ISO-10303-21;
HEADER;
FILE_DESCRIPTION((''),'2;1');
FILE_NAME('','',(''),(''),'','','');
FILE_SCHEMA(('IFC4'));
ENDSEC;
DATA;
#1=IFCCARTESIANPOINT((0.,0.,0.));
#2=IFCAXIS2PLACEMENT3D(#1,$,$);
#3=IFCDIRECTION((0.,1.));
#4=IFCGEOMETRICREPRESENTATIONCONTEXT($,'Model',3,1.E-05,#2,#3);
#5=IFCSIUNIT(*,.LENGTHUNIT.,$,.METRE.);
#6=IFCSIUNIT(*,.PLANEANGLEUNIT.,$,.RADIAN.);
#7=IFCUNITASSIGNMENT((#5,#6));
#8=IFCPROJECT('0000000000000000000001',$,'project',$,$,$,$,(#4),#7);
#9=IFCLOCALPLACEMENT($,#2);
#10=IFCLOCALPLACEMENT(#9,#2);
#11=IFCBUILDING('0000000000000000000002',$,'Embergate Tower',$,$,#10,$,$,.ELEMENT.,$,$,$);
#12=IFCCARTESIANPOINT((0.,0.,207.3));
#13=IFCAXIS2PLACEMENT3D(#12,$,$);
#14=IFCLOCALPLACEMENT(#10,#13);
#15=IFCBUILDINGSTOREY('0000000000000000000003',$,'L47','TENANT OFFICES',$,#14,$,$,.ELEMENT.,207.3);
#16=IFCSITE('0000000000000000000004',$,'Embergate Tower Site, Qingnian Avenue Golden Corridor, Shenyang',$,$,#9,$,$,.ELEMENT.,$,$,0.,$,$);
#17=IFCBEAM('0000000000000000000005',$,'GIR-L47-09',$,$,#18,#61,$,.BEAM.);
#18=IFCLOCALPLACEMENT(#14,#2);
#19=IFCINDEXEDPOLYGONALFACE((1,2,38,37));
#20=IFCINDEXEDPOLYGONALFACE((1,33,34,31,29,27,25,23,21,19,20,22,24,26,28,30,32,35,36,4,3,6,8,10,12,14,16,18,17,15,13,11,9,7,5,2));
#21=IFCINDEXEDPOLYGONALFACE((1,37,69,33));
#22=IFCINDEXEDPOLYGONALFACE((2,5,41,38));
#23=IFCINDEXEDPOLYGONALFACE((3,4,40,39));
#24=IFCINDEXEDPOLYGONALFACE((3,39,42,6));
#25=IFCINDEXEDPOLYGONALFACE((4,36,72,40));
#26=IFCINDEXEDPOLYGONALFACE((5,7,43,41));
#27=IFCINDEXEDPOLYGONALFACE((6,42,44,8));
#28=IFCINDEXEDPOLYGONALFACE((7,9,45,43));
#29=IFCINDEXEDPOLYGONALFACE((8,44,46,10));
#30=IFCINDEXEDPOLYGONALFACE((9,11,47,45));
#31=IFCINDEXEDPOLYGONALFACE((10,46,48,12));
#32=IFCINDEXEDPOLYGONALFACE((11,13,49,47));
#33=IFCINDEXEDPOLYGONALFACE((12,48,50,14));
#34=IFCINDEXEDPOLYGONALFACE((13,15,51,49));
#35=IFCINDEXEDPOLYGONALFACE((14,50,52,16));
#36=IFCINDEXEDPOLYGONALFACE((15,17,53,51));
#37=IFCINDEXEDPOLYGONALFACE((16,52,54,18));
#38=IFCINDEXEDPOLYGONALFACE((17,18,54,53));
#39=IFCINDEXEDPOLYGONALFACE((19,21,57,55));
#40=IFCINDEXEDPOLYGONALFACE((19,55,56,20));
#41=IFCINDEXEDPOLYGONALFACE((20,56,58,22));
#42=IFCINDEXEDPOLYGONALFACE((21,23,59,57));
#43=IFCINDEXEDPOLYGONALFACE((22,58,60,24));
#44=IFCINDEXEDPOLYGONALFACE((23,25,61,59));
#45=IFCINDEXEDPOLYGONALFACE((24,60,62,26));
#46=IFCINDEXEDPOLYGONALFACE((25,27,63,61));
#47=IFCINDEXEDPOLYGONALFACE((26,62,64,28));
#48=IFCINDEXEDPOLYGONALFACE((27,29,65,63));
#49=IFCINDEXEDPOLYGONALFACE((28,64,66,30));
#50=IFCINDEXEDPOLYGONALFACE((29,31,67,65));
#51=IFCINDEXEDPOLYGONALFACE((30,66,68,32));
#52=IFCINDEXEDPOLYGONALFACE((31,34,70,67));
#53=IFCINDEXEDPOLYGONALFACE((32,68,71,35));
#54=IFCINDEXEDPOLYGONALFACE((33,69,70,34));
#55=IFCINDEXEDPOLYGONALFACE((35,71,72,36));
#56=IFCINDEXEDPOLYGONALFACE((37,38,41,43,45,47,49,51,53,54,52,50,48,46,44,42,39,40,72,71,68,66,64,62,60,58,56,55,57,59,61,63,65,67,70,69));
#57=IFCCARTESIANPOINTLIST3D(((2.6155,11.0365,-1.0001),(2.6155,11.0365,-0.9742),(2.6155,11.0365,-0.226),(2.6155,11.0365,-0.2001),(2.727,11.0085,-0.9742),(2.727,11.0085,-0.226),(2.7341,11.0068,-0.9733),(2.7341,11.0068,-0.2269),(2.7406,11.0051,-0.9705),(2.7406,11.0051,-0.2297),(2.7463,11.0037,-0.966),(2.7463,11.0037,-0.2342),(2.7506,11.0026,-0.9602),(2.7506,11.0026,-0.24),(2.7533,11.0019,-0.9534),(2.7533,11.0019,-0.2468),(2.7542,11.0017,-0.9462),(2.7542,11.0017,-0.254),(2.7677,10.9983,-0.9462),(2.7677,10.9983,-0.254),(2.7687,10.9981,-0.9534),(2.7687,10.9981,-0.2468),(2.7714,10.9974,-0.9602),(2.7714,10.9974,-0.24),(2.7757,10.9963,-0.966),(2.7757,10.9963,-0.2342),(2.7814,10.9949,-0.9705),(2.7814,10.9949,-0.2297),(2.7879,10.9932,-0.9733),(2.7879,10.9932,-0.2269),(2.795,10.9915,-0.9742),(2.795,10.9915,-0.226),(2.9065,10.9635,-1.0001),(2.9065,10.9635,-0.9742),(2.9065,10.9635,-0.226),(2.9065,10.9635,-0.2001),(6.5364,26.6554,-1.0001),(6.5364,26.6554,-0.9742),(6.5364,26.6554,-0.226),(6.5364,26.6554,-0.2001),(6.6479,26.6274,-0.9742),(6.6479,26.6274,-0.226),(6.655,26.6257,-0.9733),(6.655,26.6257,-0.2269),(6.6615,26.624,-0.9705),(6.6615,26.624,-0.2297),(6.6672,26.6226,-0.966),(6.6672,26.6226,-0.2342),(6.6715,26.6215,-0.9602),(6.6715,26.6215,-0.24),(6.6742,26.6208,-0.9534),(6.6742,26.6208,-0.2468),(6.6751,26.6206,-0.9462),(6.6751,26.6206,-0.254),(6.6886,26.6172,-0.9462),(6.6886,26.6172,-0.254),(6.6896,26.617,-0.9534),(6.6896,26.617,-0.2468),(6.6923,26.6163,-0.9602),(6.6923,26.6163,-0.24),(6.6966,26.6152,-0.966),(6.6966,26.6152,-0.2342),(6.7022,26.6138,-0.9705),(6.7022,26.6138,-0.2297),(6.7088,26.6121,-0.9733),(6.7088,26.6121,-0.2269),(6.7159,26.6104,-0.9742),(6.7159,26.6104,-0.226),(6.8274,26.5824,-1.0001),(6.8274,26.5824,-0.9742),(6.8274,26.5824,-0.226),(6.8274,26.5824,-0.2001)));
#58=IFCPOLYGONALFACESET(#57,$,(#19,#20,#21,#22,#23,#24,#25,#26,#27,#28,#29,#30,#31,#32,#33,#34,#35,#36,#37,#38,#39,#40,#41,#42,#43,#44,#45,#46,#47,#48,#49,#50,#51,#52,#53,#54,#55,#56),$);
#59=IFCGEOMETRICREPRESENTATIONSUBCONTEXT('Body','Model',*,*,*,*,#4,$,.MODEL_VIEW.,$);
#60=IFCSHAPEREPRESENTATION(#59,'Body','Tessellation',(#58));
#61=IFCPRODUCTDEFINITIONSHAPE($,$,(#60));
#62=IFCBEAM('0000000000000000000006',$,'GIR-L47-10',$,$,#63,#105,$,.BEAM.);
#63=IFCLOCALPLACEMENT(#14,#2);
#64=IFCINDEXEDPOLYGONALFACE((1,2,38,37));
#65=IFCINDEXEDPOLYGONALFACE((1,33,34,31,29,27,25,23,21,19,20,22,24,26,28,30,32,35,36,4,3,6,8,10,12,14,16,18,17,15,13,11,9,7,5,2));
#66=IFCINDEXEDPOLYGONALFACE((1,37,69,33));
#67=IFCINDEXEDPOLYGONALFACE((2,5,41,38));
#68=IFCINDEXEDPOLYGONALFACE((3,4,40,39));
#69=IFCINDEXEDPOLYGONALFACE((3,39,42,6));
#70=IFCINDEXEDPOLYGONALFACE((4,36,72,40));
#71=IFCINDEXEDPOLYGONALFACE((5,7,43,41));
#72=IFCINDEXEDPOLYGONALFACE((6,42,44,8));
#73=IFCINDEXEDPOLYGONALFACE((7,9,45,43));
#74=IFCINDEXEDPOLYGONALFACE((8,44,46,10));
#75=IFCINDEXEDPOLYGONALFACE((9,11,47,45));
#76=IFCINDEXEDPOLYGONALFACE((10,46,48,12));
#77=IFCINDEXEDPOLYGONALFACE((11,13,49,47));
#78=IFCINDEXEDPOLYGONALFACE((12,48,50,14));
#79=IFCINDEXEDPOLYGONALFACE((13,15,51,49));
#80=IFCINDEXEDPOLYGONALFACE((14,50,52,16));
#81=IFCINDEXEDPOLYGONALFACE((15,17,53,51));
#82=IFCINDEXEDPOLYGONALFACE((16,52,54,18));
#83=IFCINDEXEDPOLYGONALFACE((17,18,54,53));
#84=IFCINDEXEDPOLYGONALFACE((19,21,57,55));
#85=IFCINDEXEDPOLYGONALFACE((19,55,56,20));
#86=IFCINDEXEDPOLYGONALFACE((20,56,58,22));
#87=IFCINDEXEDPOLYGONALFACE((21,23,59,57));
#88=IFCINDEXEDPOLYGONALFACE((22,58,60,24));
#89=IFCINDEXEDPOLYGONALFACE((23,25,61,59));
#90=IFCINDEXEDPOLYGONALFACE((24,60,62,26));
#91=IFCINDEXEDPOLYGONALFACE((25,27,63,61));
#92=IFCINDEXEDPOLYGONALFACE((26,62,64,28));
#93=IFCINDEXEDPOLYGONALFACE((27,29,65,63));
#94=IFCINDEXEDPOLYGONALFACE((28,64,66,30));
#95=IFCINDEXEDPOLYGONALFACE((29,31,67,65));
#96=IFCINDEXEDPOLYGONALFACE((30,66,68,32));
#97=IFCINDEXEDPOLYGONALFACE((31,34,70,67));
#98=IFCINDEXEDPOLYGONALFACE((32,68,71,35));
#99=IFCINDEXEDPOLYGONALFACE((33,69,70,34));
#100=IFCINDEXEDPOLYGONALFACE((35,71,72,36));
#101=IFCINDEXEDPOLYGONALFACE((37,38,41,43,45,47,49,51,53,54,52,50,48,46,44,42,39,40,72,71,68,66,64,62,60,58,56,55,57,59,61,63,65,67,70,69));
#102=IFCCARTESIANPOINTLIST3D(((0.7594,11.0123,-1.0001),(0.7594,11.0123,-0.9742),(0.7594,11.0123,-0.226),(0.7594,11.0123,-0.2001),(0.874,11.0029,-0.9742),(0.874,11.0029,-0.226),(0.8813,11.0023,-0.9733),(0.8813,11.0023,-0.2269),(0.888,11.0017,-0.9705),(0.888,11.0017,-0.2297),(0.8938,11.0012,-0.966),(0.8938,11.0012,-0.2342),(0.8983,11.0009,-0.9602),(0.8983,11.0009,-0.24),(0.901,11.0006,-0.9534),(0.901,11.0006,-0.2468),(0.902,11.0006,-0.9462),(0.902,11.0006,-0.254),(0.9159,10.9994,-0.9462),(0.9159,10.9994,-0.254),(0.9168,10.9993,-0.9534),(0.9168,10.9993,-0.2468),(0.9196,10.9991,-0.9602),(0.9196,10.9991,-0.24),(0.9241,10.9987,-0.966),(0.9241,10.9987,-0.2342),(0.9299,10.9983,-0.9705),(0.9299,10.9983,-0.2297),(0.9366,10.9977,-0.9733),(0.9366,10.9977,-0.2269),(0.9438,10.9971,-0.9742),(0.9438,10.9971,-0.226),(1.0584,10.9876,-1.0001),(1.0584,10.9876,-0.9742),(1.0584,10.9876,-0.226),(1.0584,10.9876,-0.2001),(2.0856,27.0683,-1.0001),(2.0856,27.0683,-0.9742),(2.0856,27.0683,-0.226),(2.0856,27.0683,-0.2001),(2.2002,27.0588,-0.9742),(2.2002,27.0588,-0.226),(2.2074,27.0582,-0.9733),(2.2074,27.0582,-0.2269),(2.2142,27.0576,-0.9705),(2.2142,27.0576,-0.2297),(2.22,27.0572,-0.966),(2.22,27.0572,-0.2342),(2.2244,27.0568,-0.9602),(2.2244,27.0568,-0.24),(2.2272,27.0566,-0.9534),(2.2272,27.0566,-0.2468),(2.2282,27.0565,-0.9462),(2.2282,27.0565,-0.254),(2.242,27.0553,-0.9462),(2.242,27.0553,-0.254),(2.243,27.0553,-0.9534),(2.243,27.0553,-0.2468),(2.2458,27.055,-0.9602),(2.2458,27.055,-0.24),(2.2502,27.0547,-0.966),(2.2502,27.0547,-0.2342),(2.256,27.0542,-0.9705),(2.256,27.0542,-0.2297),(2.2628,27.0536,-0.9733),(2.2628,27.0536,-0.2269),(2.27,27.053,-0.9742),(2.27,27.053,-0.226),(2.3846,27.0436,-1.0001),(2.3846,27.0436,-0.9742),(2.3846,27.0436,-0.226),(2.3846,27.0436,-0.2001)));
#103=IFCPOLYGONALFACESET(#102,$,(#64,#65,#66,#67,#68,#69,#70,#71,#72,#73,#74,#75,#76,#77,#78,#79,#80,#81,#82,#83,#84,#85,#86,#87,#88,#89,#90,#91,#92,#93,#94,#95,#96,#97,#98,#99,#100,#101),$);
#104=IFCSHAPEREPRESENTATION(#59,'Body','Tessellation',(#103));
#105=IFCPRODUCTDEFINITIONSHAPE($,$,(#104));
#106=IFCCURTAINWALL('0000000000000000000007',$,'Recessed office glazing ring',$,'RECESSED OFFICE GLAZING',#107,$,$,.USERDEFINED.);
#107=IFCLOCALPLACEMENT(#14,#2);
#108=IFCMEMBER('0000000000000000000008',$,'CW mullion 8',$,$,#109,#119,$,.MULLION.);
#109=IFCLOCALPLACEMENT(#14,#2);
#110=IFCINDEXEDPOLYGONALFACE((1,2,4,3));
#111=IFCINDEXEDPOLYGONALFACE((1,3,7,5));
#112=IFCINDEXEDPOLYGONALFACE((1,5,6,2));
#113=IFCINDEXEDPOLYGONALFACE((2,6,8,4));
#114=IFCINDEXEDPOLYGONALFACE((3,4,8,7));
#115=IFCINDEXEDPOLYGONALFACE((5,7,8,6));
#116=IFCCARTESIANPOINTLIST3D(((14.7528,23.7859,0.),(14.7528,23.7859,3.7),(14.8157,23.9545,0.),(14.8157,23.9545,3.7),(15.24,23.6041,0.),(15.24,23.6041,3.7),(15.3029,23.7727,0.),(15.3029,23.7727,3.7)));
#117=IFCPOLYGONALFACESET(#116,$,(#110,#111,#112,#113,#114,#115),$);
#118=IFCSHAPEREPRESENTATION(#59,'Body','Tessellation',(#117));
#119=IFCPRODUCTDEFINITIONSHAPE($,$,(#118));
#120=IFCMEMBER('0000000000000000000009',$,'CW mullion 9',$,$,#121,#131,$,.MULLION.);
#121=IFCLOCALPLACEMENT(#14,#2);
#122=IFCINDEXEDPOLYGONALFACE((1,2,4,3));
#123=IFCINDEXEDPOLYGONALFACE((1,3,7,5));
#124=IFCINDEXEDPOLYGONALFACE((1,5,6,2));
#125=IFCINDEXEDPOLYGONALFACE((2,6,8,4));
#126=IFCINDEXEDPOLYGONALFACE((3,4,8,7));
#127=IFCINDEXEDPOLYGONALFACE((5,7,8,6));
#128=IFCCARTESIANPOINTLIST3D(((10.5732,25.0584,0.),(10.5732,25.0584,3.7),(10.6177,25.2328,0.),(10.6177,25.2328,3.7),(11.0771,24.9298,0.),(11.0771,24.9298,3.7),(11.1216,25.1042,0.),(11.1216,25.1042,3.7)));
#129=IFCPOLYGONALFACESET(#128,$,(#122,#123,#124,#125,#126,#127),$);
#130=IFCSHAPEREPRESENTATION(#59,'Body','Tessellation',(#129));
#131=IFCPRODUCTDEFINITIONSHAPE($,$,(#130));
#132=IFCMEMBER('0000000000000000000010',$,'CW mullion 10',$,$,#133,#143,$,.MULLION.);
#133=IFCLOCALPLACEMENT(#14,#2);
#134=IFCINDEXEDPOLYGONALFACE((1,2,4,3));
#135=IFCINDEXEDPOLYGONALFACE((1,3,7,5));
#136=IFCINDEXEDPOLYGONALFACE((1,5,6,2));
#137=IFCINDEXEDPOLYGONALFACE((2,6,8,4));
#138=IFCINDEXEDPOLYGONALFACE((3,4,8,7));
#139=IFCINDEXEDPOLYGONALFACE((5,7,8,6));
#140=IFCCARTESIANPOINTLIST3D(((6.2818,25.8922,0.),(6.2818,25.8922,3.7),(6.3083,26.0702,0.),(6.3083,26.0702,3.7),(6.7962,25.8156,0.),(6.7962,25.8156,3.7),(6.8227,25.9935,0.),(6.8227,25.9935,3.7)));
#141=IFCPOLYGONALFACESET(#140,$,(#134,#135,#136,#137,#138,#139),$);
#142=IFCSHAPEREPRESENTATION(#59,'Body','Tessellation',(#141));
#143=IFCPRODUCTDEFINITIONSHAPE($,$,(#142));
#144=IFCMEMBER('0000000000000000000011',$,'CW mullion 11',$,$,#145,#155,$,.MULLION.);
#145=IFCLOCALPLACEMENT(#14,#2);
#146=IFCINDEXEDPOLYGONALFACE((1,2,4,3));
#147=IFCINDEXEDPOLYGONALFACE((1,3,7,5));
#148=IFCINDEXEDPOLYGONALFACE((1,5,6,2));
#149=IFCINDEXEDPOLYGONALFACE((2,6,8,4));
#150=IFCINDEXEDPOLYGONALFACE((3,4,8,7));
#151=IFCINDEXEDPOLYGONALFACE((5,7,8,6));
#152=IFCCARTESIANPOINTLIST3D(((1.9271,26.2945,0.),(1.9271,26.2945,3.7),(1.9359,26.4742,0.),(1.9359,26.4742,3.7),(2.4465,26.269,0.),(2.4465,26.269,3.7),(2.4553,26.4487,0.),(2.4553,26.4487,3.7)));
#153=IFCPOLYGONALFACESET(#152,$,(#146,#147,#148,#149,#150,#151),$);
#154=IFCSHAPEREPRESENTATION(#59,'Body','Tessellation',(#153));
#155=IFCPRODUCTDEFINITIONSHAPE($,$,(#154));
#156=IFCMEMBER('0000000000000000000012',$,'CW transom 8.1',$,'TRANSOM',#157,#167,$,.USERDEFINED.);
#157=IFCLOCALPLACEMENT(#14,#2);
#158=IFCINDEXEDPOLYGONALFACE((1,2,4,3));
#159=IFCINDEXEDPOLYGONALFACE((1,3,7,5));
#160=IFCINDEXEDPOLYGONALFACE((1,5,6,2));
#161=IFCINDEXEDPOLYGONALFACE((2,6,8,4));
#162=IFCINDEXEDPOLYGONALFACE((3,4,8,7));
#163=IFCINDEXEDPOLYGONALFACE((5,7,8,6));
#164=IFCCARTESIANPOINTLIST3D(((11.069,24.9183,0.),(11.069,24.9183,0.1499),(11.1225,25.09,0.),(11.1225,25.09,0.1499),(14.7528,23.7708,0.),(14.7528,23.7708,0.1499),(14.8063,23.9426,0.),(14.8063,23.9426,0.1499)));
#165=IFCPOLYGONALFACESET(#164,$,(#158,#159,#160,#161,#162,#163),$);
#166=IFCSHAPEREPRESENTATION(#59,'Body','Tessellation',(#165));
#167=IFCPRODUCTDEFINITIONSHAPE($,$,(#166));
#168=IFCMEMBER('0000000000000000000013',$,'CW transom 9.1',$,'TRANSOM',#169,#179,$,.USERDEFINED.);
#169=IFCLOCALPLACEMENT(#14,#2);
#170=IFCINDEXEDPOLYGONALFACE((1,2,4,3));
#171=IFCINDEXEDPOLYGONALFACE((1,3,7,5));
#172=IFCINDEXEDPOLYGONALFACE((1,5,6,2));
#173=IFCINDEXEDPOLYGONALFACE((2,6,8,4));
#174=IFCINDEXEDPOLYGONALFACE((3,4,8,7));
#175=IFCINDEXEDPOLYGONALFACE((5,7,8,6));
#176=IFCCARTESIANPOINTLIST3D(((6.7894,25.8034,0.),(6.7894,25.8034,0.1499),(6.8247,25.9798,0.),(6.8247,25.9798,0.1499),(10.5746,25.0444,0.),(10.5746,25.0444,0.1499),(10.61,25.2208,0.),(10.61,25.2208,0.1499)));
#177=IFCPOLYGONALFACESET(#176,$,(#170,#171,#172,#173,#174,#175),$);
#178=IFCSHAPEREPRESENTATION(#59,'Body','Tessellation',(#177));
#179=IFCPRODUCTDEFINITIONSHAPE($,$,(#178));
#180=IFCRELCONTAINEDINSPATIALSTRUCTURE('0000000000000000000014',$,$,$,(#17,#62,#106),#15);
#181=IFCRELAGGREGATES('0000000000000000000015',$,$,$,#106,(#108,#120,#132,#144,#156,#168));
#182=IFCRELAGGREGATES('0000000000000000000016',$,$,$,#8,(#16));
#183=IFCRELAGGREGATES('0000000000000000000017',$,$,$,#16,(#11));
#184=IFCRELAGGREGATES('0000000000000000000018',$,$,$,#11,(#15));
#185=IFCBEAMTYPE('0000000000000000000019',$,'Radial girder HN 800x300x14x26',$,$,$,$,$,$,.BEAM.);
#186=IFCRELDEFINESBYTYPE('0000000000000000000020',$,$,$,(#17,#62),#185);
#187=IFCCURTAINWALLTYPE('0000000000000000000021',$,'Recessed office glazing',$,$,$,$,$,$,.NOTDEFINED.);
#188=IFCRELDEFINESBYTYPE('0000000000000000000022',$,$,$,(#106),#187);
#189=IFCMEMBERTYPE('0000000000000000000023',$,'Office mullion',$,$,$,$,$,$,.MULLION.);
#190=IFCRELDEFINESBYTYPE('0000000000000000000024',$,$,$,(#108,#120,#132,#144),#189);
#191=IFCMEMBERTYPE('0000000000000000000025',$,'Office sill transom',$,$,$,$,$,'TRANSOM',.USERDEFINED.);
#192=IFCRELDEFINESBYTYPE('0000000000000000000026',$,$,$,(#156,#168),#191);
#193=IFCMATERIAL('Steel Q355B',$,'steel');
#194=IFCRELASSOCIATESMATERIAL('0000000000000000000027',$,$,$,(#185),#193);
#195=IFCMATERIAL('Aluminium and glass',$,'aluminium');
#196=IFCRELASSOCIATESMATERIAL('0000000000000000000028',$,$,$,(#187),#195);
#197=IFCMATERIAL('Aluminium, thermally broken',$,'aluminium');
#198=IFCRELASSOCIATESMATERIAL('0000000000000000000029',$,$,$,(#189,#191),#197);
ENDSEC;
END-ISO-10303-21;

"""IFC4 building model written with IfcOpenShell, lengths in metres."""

from ifc_helpers import new_model, si_unit, direction, frame, origin, origin_2d, place, context, subcontext, project, spatial, rectangle, i_section, extrude, source, transform, mapped, material, material_profile, profile_set, type_object, element, aggregate, save


model = new_model("IFC4")

# Units and contexts
model_context = context("Model", 3, precision=1e-05, world=origin(), true_north=direction((0.0, 1.0)))
body_context = subcontext(model_context, "Body", "Model", "MODEL_VIEW")
ifc_project = project(units=[si_unit("LENGTHUNIT", "METRE"), si_unit("PLANEANGLEUNIT", "RADIAN")], contexts=[model_context])

# Site, building, storey
site_placement = place(None, origin())
site = spatial("IfcSite", under=ifc_project, at=site_placement, Name="Embergate Tower Site, Qingnian Avenue Golden Corridor, Shenyang", CompositionType="ELEMENT", RefElevation=0.0)
building_placement = place(site_placement, origin())
building = spatial("IfcBuilding", under=site, at=building_placement, Name="Embergate Tower", CompositionType="ELEMENT")
storey_placement = place(building_placement, frame((0.0, 0.0, 207.3)))
storey = spatial("IfcBuildingStorey", under=building, at=storey_placement, Name="L47", Description="TENANT OFFICES", CompositionType="ELEMENT", Elevation=207.3)

# Beams
ifc_material_1 = material(Name="Steel Q355B", Category="steel")
ifc_material_profile_1 = material_profile(ifc_material_1, i_section(OverallWidth=0.3, OverallDepth=0.8, WebThickness=0.0139, FlangeThickness=0.0259, FilletRadius=0.0281, at=origin_2d()), Name="HN 800x300x14x26")
ifc_profile_set_1 = profile_set([ifc_material_profile_1], Name="Steel Q355 grade B")
beam_type_1 = type_object("IfcBeamType", Name="Radial girder HN 800x300x14x26", PredefinedType="BEAM", material=ifc_profile_set_1)
shared_shape_1 = source(origin(), body_context, "Body", "SweptSolid", [
    extrude(i_section(OverallWidth=0.3, OverallDepth=0.8, WebThickness=0.0139, FlangeThickness=0.0259, FilletRadius=0.0281, at=origin_2d()), origin(), (0.0, 0.0, 1.0), 16.1035),
])
beam_1_placement = place(storey_placement, frame((6.6819, 26.6189, -0.6001), z_axis=(-0.243481, -0.969906, 0.0), x_axis=(0.969906, -0.243481, 0.0)))
element("IfcBeam", 1, at=beam_1_placement, inside=storey, type_object=beam_type_1, Name="GIR-L47-09", PredefinedType="BEAM", context=body_context, shape_type="MappedRepresentation", body=[
    mapped(shared_shape_1, transform((0.0, 0.0, 0.0))),
])
shared_shape_2 = source(origin(), body_context, "Body", "SweptSolid", [
    extrude(i_section(OverallWidth=0.3, OverallDepth=0.8, WebThickness=0.0139, FlangeThickness=0.0259, FilletRadius=0.0281, at=origin_2d()), origin(), (0.0, 0.0, 1.0), 16.1106),
])
beam_2_placement = place(storey_placement, frame((2.2351, 27.0559, -0.6001), z_axis=(-0.082317, -0.996606, 0.0), x_axis=(0.996606, -0.082317, 0.0)))
element("IfcBeam", 2, at=beam_2_placement, inside=storey, type_object=beam_type_1, Name="GIR-L47-10", PredefinedType="BEAM", context=body_context, shape_type="MappedRepresentation", body=[
    mapped(shared_shape_2, transform((0.0, 0.0, 0.0))),
])

# Curtain wall, members
ifc_material_2 = material(Name="Aluminium and glass", Category="aluminium")
curtain_wall_type = type_object("IfcCurtainWallType", Name="Recessed office glazing", PredefinedType="NOTDEFINED", material=ifc_material_2)
curtain_wall_placement = place(storey_placement, origin())
curtain_wall = element("IfcCurtainWall", 3, at=curtain_wall_placement, inside=storey, type_object=curtain_wall_type, Name="Recessed office glazing ring", ObjectType="RECESSED OFFICE GLAZING", PredefinedType="USERDEFINED")
ifc_material_3 = material(Name="Aluminium, thermally broken", Category="aluminium")
ifc_material_profile_2 = material_profile(ifc_material_3, rectangle(XDim=0.1799, YDim=0.52, at=origin_2d()), Name="AL 520x180")
ifc_profile_set_2 = profile_set([ifc_material_profile_2], Name="Aluminium, thermally broken")
member_type_1 = type_object("IfcMemberType", Name="Office mullion", PredefinedType="MULLION", material=ifc_profile_set_2)
shared_shape_3 = source(origin(), body_context, "Body", "SweptSolid", [
    extrude(rectangle(XDim=0.1799, YDim=0.52, at=origin_2d()), origin(), (0.0, 0.0, 1.0), 3.7),
])
member_1_placement = place(storey_placement, frame((15.0278, 23.7793, 0.0), z_axis=(0.0, 0.0, 1.0), x_axis=(-0.349506, -0.936934, 0.0)))
member_1 = element("IfcMember", 4, at=member_1_placement, type_object=member_type_1, Name="CW mullion 8", PredefinedType="MULLION", context=body_context, shape_type="MappedRepresentation", body=[
    mapped(shared_shape_3, transform((0.0, 0.0, 0.0))),
])
member_2_placement = place(storey_placement, frame((10.8474, 25.0813, 0.0), z_axis=(0.0, 0.0, 1.0), x_axis=(-0.247315, -0.968935, 0.0)))
member_2 = element("IfcMember", 5, at=member_2_placement, type_object=member_type_1, Name="CW mullion 9", PredefinedType="MULLION", context=body_context, shape_type="MappedRepresentation", body=[
    mapped(shared_shape_3, transform((0.0, 0.0, 0.0))),
])
member_3_placement = place(storey_placement, frame((6.5522, 25.9429, 0.0), z_axis=(0.0, 0.0, 1.0), x_axis=(-0.147414, -0.989075, 0.0)))
member_3 = element("IfcMember", 6, at=member_3_placement, type_object=member_type_1, Name="CW mullion 10", PredefinedType="MULLION", context=body_context, shape_type="MappedRepresentation", body=[
    mapped(shared_shape_3, transform((0.0, 0.0, 0.0))),
])
member_4_placement = place(storey_placement, frame((2.1912, 26.3716, 0.0), z_axis=(0.0, 0.0, 1.0), x_axis=(-0.048972, -0.9988, 0.0)))
member_4 = element("IfcMember", 7, at=member_4_placement, type_object=member_type_1, Name="CW mullion 11", PredefinedType="MULLION", context=body_context, shape_type="MappedRepresentation", body=[
    mapped(shared_shape_3, transform((0.0, 0.0, 0.0))),
])
ifc_material_profile_3 = material_profile(ifc_material_3, rectangle(XDim=0.1799, YDim=0.1499, at=origin_2d()), Name="AL 150x180")
ifc_profile_set_3 = profile_set([ifc_material_profile_3], Name="Aluminium, thermally broken")
member_type_2 = type_object("IfcMemberType", Name="Office sill transom", ElementType="TRANSOM", PredefinedType="USERDEFINED", material=ifc_profile_set_3)
shared_shape_4 = source(origin(), body_context, "Body", "SweptSolid", [
    extrude(rectangle(XDim=0.1799, YDim=0.1499, at=origin_2d()), origin(), (0.0, 0.0, 1.0), 3.8584),
])
member_5_placement = place(storey_placement, frame((14.7795, 23.8567, 0.075), z_axis=(-0.954755, 0.297392, 0.0), x_axis=(-0.297392, -0.954755, 0.0)))
member_5 = element("IfcMember", 8, at=member_5_placement, type_object=member_type_2, Name="CW transom 8.1", ObjectType="TRANSOM", PredefinedType="USERDEFINED", context=body_context, shape_type="MappedRepresentation", body=[
    mapped(shared_shape_4, transform((0.0, 0.0, 0.0))),
])
shared_shape_5 = source(origin(), body_context, "Body", "SweptSolid", [
    extrude(rectangle(XDim=0.1799, YDim=0.1499, at=origin_2d()), origin(), (0.0, 0.0, 1.0), 3.8606),
])
member_6_placement = place(storey_placement, frame((10.5923, 25.1326, 0.075), z_axis=(-0.980481, 0.196615, 0.0), x_axis=(-0.196615, -0.980481, 0.0)))
member_6 = element("IfcMember", 9, at=member_6_placement, type_object=member_type_2, Name="CW transom 9.1", ObjectType="TRANSOM", PredefinedType="USERDEFINED", context=body_context, shape_type="MappedRepresentation", body=[
    mapped(shared_shape_5, transform((0.0, 0.0, 0.0))),
])
aggregate(curtain_wall, [member_1, member_2, member_3, member_4, member_5, member_6])

save(model, "model.ifc")
